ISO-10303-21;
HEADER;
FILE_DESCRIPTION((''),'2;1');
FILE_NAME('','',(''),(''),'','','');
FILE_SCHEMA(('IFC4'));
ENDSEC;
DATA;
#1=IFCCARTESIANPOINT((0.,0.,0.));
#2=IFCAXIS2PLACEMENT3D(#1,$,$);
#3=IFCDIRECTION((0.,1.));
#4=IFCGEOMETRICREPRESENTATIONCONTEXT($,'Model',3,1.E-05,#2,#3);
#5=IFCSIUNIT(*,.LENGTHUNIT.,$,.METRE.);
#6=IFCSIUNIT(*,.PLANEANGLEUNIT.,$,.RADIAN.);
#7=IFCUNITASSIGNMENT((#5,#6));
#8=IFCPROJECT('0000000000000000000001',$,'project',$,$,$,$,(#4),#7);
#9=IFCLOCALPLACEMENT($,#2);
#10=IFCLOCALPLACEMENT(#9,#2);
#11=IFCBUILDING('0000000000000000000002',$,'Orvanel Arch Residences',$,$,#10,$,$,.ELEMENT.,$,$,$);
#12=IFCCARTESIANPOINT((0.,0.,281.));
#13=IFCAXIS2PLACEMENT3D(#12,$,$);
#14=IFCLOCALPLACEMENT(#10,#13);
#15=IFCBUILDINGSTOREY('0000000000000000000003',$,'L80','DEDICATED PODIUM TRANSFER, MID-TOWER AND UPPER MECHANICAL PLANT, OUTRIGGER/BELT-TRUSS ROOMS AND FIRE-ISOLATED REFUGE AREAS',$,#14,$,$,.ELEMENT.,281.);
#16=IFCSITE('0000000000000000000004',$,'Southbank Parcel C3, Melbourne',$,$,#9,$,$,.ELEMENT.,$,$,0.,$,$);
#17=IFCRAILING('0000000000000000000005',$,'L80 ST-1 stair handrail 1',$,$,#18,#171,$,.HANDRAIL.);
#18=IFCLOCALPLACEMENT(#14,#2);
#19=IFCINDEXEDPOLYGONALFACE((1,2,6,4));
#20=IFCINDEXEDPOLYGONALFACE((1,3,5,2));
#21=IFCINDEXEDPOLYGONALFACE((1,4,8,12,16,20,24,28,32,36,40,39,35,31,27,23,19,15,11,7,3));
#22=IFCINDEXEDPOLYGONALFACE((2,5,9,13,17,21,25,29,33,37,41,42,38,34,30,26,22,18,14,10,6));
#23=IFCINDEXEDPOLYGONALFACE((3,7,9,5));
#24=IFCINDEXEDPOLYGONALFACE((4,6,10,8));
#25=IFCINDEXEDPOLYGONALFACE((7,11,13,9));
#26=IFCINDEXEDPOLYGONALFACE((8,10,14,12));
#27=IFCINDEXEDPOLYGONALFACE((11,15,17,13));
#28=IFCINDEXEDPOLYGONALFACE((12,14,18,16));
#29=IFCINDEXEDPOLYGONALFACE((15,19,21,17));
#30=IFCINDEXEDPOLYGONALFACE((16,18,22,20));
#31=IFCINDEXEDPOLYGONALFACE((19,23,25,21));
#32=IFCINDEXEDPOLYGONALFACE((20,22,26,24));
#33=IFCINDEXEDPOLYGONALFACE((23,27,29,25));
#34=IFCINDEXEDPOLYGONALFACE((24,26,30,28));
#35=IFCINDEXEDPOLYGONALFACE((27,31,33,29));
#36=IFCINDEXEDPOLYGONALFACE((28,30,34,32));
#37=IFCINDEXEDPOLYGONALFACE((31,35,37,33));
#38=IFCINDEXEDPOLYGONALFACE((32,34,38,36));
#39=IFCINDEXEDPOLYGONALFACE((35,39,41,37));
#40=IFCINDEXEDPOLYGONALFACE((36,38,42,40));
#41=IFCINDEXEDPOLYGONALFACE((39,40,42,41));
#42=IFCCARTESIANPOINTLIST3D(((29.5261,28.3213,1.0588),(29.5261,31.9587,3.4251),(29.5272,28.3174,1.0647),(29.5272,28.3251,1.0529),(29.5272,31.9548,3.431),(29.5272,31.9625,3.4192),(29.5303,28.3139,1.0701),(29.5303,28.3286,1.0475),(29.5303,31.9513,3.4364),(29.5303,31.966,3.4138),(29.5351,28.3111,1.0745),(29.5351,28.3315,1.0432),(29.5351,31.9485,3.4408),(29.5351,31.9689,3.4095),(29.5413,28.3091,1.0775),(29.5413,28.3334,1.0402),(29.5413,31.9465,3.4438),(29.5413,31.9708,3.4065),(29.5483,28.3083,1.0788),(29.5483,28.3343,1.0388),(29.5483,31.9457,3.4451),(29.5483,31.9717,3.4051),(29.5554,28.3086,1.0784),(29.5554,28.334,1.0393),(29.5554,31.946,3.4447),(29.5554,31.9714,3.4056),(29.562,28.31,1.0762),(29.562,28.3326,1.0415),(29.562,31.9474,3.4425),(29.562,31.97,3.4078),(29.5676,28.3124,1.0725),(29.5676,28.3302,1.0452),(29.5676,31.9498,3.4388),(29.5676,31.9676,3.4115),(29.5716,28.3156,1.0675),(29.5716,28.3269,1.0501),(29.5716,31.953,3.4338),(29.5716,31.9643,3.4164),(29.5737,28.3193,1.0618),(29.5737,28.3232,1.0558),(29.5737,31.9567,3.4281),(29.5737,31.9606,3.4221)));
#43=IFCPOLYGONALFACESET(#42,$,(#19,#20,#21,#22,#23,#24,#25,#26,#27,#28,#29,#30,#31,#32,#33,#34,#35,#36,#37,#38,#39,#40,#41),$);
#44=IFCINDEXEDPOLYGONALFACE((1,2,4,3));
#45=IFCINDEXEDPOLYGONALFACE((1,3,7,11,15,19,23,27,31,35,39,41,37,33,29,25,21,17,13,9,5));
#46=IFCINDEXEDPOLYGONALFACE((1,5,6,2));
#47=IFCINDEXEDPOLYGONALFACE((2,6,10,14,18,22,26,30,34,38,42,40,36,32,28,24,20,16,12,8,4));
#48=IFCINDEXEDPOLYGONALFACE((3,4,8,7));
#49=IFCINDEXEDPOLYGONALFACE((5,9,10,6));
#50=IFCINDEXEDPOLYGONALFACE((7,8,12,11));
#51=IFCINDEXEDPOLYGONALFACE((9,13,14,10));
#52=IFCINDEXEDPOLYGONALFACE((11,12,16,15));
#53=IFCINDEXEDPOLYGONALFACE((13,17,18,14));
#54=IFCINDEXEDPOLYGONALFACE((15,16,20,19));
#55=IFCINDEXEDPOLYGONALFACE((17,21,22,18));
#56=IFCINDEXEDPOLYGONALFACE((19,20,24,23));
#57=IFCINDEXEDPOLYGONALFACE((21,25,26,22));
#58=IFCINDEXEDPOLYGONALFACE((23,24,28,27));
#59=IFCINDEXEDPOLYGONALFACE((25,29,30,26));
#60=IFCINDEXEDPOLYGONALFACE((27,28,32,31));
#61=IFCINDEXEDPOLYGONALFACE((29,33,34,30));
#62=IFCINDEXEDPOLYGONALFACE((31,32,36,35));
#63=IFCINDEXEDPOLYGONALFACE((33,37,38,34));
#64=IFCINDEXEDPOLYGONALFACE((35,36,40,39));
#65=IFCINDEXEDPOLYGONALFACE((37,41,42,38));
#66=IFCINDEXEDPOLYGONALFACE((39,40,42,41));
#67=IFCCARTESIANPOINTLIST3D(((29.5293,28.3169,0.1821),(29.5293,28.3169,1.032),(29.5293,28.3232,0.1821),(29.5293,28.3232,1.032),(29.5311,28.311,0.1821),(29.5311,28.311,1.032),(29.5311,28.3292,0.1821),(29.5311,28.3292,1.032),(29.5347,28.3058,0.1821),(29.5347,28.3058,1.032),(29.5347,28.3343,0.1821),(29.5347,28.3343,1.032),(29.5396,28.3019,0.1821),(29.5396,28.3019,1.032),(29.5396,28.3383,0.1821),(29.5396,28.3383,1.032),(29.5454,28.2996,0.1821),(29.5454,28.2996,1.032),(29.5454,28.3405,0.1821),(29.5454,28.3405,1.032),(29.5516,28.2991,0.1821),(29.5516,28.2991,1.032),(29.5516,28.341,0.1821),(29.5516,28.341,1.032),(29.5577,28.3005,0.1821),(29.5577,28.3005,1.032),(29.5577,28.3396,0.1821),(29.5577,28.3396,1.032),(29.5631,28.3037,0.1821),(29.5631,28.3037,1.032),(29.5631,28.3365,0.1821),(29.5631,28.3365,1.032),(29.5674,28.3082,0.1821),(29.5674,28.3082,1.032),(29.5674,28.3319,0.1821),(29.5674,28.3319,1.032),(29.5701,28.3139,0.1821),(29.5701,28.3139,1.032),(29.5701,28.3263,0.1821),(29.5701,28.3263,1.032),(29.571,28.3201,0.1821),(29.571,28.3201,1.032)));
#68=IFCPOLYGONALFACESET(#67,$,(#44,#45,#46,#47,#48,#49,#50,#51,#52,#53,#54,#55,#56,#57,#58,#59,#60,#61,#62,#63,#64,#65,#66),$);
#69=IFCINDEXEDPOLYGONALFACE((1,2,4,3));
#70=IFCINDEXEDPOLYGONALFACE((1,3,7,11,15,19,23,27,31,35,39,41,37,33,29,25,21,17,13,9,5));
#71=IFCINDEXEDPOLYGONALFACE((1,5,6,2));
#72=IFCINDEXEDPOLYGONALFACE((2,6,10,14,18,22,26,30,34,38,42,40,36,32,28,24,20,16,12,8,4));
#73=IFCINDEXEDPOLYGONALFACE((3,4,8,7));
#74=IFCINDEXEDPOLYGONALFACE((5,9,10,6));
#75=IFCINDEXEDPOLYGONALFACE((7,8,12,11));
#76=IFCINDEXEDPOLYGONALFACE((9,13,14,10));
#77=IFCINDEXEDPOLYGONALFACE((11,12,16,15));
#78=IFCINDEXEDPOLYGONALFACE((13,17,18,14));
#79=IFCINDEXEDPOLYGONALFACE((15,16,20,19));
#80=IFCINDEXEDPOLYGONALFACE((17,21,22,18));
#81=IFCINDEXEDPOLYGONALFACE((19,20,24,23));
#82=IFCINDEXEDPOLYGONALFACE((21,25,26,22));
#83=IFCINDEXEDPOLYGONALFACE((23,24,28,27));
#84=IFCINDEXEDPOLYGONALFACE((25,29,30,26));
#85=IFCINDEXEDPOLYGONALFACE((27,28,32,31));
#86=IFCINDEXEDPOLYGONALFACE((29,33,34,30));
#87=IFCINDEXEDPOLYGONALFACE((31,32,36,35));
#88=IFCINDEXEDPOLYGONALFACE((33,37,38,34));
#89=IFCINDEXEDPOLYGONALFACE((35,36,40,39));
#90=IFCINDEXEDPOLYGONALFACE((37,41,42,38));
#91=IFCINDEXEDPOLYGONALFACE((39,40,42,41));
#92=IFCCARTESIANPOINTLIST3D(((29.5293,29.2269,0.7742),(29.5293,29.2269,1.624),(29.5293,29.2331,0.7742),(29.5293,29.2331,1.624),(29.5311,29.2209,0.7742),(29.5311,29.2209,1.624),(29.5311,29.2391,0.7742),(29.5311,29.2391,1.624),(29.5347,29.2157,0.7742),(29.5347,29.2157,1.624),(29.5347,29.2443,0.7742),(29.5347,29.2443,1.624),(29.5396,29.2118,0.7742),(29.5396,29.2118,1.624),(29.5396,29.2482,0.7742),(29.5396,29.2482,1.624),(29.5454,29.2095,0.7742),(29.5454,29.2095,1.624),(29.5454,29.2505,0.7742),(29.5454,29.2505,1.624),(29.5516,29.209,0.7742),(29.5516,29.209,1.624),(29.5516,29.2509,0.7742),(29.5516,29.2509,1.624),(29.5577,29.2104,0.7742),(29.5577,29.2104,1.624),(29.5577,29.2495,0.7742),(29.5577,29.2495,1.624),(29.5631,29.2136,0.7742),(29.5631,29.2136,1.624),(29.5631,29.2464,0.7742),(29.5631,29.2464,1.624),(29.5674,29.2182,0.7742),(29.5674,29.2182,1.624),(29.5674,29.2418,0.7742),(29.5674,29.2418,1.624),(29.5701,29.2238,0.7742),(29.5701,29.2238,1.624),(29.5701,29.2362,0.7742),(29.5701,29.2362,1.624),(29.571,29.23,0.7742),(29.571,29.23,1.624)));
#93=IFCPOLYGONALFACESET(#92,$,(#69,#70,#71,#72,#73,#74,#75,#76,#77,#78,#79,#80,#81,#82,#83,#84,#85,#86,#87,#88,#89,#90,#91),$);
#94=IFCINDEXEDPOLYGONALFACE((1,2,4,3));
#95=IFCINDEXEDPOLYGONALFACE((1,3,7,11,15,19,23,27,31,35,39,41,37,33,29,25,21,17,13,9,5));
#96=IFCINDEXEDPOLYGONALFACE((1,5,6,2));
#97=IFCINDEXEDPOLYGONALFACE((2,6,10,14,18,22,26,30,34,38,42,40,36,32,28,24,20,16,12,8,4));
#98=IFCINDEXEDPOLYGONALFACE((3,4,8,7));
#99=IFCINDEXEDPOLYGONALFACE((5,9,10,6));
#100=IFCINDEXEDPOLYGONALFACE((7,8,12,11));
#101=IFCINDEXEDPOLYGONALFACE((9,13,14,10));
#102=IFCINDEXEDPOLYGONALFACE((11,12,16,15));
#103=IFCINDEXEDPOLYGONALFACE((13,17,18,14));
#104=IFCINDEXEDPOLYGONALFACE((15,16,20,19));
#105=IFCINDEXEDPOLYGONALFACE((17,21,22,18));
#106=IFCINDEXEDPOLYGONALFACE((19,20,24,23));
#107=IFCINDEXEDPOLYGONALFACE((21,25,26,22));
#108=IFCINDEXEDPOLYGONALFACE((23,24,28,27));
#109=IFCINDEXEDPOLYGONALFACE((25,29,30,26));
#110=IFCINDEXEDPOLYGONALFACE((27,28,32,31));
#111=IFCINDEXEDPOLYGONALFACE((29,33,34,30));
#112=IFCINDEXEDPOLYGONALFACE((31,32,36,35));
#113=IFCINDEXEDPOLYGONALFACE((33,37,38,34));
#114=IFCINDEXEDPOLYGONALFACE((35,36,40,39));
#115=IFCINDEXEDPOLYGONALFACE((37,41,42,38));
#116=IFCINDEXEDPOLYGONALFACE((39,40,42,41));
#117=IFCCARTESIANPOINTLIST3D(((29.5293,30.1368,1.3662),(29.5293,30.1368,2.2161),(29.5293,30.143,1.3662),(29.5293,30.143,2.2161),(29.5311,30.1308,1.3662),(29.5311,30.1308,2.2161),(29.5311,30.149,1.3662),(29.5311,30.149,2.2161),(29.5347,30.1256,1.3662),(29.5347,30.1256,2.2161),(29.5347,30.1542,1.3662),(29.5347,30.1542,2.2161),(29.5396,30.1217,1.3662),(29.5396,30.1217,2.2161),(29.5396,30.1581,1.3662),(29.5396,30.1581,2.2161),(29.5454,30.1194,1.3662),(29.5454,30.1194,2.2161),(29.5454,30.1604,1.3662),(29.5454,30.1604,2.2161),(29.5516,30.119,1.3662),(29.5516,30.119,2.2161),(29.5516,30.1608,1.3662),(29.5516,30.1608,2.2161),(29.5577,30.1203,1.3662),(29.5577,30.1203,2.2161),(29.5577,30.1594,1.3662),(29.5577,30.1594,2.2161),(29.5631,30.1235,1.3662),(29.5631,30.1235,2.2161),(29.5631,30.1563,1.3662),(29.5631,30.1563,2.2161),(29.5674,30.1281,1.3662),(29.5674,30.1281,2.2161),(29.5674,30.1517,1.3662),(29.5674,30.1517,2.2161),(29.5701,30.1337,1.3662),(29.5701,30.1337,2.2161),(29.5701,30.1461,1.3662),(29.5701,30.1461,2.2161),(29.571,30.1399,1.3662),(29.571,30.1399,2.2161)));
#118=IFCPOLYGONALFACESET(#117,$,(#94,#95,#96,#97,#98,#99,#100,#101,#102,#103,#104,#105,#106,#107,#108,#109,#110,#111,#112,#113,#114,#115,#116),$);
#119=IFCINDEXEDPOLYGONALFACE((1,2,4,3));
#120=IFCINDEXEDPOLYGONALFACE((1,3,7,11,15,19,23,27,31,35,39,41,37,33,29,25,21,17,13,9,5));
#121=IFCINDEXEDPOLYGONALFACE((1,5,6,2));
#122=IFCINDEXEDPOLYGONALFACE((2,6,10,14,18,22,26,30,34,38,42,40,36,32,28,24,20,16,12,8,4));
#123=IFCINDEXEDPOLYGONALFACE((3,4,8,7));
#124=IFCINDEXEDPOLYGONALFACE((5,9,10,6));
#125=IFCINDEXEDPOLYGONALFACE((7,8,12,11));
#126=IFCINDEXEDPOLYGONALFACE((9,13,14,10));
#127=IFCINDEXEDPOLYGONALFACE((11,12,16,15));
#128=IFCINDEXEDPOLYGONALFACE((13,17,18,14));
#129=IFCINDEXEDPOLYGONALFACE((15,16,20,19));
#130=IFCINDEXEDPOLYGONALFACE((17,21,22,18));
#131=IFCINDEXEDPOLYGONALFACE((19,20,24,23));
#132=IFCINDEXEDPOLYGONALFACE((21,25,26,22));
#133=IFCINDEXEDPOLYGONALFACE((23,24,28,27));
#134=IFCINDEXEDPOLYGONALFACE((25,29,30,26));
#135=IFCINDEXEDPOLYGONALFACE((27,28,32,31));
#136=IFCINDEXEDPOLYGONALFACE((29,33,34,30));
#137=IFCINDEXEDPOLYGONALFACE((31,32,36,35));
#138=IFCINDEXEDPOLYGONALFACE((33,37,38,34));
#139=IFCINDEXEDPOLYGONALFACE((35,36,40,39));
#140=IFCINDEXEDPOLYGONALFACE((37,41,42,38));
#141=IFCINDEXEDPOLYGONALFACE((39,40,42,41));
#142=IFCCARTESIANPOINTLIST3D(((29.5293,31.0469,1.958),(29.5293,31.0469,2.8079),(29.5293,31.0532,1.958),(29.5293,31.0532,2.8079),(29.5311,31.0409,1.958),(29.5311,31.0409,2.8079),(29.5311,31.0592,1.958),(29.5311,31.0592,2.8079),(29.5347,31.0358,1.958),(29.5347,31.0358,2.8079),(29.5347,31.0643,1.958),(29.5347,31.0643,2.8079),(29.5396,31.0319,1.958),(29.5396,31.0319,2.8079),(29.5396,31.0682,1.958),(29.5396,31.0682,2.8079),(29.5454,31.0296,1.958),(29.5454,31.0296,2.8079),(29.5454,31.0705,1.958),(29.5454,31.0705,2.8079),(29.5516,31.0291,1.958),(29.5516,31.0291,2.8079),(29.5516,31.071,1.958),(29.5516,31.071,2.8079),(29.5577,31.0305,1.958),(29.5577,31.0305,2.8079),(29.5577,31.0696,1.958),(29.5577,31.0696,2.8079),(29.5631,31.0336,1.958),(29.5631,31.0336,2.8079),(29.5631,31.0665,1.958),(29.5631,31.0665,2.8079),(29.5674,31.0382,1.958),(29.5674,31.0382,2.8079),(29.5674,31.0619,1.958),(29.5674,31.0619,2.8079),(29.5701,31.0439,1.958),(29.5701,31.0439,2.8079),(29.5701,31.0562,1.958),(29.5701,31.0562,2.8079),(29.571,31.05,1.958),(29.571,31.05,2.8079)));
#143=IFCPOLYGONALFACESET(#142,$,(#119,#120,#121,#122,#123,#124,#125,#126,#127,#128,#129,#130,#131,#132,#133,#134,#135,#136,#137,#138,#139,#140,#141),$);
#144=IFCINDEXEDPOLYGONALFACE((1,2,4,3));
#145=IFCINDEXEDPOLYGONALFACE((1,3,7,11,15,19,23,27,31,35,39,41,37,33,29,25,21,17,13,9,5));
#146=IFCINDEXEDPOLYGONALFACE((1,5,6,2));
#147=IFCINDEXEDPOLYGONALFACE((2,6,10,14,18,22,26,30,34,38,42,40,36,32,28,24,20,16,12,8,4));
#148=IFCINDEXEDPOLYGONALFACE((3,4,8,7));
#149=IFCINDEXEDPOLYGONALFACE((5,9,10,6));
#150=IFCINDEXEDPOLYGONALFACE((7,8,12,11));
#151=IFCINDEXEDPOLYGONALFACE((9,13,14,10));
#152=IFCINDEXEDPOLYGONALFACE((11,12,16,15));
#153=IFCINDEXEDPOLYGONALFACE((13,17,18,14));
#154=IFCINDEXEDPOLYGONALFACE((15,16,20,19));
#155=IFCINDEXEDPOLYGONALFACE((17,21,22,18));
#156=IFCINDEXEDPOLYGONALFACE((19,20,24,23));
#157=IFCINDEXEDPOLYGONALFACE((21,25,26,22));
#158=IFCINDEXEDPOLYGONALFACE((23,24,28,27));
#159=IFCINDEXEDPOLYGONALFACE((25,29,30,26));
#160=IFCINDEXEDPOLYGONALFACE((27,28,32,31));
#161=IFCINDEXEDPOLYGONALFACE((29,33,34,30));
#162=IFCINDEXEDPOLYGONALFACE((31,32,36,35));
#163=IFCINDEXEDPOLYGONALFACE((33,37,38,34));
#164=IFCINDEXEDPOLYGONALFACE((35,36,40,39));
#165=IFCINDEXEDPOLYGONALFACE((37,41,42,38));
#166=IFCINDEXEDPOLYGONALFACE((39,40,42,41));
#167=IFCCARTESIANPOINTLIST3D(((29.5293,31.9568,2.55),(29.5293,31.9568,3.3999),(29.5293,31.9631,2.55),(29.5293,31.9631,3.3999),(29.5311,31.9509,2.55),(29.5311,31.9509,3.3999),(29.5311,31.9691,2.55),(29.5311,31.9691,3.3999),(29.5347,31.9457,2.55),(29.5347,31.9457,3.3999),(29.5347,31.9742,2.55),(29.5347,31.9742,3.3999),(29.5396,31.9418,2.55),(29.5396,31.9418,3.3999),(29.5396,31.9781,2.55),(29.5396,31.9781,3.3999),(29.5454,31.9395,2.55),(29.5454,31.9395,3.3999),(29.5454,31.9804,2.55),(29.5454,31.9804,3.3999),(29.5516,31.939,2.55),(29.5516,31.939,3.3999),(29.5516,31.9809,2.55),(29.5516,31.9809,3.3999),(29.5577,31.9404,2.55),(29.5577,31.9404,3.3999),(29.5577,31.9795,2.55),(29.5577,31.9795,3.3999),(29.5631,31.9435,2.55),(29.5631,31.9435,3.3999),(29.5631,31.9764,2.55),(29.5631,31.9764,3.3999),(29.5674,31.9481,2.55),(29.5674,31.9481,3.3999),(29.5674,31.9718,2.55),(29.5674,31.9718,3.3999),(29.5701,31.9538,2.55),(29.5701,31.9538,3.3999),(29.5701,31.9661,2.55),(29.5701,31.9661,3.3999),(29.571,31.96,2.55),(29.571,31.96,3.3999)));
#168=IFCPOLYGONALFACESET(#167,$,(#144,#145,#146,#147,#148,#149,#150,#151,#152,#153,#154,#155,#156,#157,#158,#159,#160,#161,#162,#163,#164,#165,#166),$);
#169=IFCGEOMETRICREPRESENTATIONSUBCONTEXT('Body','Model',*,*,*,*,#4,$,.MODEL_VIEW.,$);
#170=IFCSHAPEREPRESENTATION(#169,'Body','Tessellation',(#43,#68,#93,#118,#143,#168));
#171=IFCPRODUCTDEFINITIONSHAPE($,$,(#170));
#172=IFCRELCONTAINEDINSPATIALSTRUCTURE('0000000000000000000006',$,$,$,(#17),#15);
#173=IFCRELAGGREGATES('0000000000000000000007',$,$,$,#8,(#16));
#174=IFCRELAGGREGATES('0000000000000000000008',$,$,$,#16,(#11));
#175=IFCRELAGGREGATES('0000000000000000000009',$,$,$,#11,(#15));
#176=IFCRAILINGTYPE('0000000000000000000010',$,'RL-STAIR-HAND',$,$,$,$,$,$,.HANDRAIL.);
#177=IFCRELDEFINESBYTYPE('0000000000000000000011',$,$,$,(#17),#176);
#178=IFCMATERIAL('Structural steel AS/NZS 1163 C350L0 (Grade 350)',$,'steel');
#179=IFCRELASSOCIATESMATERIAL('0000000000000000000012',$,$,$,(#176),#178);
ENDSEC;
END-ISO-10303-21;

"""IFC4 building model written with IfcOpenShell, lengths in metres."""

from ifc_helpers import new_model, si_unit, direction, frame, origin, origin_2d, place, context, subcontext, project, spatial, circle, extrude, material, type_object, element, save


model = new_model("IFC4")

# Units and contexts
model_context = context("Model", 3, precision=1e-05, world=origin(), true_north=direction((0.0, 1.0)))
body_context = subcontext(model_context, "Body", "Model", "MODEL_VIEW")
ifc_project = project(units=[si_unit("LENGTHUNIT", "METRE"), si_unit("PLANEANGLEUNIT", "RADIAN")], contexts=[model_context])

# Site, building, storey
site_placement = place(None, origin())
site = spatial("IfcSite", under=ifc_project, at=site_placement, Name="Southbank Parcel C3, Melbourne", CompositionType="ELEMENT", RefElevation=0.0)
building_placement = place(site_placement, origin())
building = spatial("IfcBuilding", under=site, at=building_placement, Name="Orvanel Arch Residences", CompositionType="ELEMENT")
storey_placement = place(building_placement, frame((0.0, 0.0, 281.0)))
storey = spatial("IfcBuildingStorey", under=building, at=storey_placement, Name="L80", Description="DEDICATED PODIUM TRANSFER, MID-TOWER AND UPPER MECHANICAL PLANT, OUTRIGGER/BELT-TRUSS ROOMS AND FIRE-ISOLATED REFUGE AREAS", CompositionType="ELEMENT", Elevation=281.0)

# Shared definitions
ifc_material_1 = material(Name="Structural steel AS/NZS 1163 C350L0 (Grade 350)", Category="steel")

# Railing
railing_type_1 = type_object("IfcRailingType", Name="RL-STAIR-HAND", PredefinedType="HANDRAIL", material=ifc_material_1)
railing_1_placement = place(storey_placement, frame((29.55, 28.3201, 0.1821)))
element("IfcRailing", 1, at=railing_1_placement, inside=storey, type_object=railing_type_1, Name="L80 ST-1 stair handrail 1", PredefinedType="HANDRAIL", context=body_context, shape_type="SweptSolid", body=[
    extrude(circle(Radius=0.0239, at=origin_2d()), frame((0.0, 0.0012, 0.8767), z_axis=(0.0, 0.838234, 0.54531), x_axis=(-1.0, 0.0, 0.0)), (0.0, 0.0, 1.0), 4.3394),
    extrude(circle(Radius=0.021, at=origin_2d()), origin(), (0.0, 0.0, 1.0), 0.8499),
    extrude(circle(Radius=0.021, at=origin_2d()), frame((0.0, 0.9099, 0.592)), (0.0, 0.0, 1.0), 0.8499),
    extrude(circle(Radius=0.021, at=origin_2d()), frame((0.0, 1.8198, 1.1841)), (0.0, 0.0, 1.0), 0.8499),
    extrude(circle(Radius=0.021, at=origin_2d()), frame((0.0, 2.73, 1.7759)), (0.0, 0.0, 1.0), 0.8499),
    extrude(circle(Radius=0.021, at=origin_2d()), frame((0.0, 3.6399, 2.3679)), (0.0, 0.0, 1.0), 0.8499),
])

save(model, "model.ifc")
